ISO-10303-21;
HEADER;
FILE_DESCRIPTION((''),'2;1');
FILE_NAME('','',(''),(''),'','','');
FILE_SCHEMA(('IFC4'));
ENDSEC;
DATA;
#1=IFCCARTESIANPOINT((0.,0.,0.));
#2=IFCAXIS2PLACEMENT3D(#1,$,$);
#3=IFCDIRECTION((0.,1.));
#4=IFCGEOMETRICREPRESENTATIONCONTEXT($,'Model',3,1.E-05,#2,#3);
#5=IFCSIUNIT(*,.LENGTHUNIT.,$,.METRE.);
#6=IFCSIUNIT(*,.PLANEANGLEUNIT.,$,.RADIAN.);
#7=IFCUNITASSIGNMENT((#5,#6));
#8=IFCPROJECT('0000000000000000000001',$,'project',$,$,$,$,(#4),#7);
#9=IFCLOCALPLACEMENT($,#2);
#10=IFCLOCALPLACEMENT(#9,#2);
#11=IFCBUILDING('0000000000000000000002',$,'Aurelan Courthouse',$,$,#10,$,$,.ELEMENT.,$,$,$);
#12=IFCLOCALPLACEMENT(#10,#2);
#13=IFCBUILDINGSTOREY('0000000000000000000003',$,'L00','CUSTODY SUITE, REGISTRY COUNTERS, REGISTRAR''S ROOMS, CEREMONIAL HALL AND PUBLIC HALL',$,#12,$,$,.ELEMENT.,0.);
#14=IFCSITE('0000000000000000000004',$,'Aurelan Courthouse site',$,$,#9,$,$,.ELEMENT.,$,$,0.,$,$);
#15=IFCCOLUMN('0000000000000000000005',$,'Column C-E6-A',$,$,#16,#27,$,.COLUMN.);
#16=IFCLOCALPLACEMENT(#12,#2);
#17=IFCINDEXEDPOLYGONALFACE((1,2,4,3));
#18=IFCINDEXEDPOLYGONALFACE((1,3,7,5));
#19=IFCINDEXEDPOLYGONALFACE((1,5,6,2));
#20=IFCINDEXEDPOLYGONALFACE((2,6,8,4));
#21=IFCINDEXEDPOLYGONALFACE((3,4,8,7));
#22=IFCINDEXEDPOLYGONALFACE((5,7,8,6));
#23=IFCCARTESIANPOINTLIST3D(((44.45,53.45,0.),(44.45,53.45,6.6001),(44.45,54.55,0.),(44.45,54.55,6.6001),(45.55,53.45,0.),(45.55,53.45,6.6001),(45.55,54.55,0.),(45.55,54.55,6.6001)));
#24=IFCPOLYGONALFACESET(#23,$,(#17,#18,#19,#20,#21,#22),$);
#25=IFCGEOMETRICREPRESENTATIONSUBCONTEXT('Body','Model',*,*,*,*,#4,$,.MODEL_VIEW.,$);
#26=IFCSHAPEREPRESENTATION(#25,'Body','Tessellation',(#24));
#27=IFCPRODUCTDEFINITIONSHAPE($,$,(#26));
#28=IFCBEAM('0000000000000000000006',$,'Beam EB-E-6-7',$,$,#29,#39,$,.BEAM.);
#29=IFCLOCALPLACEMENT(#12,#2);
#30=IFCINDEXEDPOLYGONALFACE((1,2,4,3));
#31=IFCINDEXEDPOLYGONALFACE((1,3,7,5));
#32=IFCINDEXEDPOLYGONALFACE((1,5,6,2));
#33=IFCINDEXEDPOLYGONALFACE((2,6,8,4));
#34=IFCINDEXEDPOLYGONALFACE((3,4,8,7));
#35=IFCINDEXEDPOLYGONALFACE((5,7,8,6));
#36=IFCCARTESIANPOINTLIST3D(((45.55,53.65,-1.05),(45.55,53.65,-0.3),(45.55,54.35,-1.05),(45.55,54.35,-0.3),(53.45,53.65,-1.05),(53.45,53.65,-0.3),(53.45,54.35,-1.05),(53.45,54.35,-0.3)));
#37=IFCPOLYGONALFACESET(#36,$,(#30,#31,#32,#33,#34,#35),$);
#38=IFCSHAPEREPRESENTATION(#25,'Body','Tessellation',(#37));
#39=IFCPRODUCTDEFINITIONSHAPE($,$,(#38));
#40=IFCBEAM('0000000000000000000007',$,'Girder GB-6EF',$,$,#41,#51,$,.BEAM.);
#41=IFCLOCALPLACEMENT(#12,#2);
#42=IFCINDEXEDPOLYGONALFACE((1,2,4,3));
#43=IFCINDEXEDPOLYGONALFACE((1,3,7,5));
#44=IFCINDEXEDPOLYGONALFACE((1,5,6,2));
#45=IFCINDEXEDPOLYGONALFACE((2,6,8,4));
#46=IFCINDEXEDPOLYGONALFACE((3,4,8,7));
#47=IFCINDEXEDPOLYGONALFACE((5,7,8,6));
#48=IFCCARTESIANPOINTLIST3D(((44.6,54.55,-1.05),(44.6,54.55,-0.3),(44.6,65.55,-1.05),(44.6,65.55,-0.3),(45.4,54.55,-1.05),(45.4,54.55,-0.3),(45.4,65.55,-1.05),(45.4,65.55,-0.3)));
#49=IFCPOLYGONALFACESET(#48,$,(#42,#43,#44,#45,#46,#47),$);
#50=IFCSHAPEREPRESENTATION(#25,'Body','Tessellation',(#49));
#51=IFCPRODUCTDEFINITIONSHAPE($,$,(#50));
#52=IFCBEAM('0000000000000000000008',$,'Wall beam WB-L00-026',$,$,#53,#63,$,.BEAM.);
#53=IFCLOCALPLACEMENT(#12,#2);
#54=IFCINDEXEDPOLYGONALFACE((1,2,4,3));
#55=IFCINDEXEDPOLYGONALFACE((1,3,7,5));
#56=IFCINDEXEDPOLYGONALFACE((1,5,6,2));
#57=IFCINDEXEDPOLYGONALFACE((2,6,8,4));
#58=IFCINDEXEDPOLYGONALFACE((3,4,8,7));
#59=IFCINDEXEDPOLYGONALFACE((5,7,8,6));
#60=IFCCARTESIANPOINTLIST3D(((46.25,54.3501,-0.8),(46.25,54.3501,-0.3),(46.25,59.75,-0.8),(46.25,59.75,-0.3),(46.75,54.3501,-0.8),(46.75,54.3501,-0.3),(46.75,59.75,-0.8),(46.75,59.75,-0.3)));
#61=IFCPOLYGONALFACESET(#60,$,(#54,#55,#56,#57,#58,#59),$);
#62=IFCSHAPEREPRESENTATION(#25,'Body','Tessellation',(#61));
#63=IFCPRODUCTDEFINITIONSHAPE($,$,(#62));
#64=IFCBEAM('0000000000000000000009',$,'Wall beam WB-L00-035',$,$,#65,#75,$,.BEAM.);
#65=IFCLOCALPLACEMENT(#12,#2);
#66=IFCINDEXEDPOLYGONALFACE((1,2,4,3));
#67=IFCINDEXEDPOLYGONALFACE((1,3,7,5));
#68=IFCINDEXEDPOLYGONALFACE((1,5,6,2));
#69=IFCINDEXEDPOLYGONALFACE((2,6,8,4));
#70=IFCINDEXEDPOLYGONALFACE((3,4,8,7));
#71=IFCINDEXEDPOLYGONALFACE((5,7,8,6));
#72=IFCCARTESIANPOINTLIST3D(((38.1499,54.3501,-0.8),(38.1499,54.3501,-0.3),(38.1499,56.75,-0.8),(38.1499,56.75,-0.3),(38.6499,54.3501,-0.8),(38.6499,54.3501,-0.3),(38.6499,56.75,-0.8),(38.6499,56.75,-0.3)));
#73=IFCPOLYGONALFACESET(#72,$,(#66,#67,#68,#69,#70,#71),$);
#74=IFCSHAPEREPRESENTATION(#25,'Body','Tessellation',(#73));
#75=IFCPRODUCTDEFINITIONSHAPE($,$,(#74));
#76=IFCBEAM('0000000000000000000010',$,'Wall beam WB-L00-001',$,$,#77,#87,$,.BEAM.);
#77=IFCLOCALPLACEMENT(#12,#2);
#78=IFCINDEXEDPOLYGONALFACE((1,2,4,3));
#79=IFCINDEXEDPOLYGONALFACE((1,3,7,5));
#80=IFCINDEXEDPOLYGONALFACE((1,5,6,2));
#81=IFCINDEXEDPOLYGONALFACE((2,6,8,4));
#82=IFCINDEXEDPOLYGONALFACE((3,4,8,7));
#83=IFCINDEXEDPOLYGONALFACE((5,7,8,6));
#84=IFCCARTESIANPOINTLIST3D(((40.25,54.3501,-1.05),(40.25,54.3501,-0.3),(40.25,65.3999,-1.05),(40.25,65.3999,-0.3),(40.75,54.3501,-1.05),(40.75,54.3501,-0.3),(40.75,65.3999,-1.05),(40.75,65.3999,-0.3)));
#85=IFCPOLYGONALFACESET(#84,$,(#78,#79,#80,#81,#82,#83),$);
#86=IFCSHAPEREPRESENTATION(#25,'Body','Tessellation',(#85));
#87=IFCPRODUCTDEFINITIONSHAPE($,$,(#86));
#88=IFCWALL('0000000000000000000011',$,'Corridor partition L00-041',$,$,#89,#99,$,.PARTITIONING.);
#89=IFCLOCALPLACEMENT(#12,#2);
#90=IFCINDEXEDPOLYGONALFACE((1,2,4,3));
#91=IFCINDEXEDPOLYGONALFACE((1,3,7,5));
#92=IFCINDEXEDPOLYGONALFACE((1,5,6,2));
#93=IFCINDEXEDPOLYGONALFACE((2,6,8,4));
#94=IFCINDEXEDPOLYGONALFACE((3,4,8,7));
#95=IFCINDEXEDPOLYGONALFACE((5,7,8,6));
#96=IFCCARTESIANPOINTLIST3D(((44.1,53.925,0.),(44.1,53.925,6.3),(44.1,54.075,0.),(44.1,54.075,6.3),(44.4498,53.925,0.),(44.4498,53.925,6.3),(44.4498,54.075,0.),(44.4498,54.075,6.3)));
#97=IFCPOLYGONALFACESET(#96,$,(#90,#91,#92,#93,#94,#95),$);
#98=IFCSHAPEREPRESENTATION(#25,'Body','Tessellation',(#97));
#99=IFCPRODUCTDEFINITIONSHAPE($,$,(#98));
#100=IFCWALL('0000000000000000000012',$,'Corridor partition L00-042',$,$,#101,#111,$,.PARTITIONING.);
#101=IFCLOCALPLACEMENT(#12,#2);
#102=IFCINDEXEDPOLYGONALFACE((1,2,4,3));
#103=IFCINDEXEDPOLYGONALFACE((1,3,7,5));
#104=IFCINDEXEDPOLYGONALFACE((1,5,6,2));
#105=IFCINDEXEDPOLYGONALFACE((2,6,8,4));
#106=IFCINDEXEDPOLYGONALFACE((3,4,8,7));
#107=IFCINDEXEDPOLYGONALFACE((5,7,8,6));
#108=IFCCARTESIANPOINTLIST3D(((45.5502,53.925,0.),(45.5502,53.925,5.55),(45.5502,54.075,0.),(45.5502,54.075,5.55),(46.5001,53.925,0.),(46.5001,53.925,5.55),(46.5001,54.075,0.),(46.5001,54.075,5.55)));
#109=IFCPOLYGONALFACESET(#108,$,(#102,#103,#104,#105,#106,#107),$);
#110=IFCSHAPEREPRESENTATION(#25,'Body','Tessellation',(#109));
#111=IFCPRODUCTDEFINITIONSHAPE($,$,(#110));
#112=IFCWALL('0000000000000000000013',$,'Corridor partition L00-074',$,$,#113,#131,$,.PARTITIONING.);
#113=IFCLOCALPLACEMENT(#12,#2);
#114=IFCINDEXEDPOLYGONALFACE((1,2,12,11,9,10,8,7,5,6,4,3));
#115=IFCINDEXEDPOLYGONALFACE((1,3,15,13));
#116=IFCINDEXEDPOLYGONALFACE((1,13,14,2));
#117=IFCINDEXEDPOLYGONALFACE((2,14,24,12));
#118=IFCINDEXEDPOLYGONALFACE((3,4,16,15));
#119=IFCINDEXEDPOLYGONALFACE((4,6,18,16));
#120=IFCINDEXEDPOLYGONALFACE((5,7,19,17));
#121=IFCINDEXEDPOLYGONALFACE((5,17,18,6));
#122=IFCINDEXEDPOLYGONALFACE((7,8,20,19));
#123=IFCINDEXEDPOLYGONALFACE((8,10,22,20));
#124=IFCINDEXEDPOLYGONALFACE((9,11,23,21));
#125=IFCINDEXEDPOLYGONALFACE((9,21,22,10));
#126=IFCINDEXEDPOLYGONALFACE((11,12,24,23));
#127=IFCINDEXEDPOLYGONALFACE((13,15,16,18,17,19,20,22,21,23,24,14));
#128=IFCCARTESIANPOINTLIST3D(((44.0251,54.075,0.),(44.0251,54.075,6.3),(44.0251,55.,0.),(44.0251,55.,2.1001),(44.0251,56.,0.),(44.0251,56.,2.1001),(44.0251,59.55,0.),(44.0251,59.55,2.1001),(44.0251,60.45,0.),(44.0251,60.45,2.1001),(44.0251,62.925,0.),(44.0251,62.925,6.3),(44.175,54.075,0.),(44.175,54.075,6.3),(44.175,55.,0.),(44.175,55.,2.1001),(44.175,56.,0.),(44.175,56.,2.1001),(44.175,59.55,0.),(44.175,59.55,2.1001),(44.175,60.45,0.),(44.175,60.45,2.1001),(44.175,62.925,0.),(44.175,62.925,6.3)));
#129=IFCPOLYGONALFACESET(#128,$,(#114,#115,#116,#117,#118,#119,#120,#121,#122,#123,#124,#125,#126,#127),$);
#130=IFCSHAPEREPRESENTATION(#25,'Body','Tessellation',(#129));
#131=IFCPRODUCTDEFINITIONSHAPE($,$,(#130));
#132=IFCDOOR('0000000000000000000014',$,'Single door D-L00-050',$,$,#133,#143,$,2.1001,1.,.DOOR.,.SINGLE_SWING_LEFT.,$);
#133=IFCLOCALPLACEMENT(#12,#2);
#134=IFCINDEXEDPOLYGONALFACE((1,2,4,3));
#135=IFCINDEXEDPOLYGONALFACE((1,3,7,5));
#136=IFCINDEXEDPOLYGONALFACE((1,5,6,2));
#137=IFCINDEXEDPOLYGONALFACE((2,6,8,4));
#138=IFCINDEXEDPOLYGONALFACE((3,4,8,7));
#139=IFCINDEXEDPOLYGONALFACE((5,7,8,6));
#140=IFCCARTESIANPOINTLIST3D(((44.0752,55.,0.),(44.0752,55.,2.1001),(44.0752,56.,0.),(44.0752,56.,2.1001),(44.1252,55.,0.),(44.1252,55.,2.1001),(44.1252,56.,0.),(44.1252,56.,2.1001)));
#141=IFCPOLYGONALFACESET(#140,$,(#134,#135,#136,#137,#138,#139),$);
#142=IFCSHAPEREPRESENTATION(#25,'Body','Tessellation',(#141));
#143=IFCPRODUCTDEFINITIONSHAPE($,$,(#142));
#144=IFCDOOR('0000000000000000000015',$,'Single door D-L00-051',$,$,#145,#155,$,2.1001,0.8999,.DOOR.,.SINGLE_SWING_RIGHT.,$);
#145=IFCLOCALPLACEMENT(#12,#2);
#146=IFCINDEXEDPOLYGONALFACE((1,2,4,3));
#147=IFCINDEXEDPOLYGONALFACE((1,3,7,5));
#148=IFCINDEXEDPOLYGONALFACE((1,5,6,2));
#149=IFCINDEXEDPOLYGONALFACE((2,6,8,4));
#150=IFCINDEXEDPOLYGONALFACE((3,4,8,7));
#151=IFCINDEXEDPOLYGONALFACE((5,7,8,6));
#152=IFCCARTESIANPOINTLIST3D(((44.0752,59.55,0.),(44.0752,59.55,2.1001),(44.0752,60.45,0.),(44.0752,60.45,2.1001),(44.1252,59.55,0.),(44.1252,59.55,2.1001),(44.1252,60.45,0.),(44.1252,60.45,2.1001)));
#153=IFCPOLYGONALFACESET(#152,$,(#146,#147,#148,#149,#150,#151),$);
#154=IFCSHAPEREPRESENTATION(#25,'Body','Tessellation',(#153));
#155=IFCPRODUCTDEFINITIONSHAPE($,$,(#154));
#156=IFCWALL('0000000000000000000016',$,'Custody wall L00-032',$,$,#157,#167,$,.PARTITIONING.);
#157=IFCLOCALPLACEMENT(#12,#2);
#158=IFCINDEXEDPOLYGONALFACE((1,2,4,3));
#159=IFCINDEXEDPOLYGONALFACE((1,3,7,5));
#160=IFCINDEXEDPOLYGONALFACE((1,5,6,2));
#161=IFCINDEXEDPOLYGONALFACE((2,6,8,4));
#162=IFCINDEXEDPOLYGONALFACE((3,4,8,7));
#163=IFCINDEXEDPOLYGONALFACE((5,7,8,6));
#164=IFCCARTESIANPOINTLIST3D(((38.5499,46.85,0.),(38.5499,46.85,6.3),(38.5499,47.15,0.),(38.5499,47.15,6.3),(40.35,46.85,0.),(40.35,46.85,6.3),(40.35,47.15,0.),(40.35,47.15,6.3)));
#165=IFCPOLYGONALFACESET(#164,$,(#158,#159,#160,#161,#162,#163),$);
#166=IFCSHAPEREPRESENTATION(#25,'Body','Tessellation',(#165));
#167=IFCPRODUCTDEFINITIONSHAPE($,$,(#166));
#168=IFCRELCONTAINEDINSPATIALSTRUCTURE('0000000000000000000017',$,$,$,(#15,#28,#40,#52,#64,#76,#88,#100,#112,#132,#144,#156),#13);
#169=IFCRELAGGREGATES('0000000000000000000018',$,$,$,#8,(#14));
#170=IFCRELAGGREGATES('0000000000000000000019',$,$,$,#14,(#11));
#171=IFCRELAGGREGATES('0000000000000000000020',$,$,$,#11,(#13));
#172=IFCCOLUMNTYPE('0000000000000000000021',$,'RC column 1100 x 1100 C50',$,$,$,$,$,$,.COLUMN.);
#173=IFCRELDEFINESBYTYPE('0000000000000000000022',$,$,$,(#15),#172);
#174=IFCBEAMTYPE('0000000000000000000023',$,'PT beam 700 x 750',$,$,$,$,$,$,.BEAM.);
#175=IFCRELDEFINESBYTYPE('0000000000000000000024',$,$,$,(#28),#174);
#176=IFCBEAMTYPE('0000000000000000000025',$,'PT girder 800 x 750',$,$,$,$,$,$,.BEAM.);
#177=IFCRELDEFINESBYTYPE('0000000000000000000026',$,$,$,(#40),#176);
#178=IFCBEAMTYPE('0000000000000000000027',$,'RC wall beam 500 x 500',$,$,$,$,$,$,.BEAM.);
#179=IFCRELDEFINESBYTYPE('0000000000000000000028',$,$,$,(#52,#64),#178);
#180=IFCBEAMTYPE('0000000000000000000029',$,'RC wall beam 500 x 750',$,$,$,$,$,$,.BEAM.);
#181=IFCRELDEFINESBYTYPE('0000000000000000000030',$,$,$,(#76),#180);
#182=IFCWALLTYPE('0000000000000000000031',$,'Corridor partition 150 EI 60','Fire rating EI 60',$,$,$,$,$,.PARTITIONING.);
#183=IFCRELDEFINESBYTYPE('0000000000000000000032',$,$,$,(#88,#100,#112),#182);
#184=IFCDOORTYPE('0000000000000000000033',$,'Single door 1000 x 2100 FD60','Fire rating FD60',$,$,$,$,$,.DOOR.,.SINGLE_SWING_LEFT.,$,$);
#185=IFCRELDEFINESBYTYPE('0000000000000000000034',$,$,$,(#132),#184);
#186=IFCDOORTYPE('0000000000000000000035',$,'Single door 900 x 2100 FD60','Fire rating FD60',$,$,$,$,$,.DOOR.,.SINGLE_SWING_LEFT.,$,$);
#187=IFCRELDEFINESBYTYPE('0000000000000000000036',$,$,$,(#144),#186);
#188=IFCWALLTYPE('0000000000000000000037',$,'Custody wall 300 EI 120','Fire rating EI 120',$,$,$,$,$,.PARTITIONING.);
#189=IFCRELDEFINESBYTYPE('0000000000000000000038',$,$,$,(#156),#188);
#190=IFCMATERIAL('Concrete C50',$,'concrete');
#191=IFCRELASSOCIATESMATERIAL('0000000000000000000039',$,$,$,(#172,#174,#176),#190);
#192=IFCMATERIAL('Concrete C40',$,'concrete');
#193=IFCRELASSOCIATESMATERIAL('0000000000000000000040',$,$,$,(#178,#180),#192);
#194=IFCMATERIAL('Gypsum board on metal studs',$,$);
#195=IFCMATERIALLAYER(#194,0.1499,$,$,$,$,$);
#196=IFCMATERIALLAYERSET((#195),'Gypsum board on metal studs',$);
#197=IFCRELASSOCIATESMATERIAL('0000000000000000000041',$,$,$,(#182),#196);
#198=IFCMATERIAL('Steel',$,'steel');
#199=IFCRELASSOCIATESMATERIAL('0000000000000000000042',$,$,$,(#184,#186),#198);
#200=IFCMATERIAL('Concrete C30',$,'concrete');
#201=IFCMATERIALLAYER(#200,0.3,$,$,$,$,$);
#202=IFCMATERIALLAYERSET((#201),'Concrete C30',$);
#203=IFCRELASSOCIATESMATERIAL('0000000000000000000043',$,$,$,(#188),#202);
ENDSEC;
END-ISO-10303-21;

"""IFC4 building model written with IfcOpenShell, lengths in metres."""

from ifc_helpers import new_model, si_unit, direction, frame, frame_2d, origin, origin_2d, place, context, subcontext, project, spatial, rectangle, extrude, material, layer, layer_set, material_profile, profile_set, type_object, element, fill, save


model = new_model("IFC4")

# Units and contexts
model_context = context("Model", 3, precision=1e-05, world=origin(), true_north=direction((0.0, 1.0)))
body_context = subcontext(model_context, "Body", "Model", "MODEL_VIEW")
ifc_project = project(units=[si_unit("LENGTHUNIT", "METRE"), si_unit("PLANEANGLEUNIT", "RADIAN")], contexts=[model_context])

# Site, building, storey
site_placement = place(None, origin())
site = spatial("IfcSite", under=ifc_project, at=site_placement, Name="Aurelan Courthouse site", CompositionType="ELEMENT", RefElevation=0.0)
building_placement = place(site_placement, origin())
building = spatial("IfcBuilding", under=site, at=building_placement, Name="Aurelan Courthouse", CompositionType="ELEMENT")
storey_placement = place(building_placement, origin())
storey = spatial("IfcBuildingStorey", under=building, at=storey_placement, Name="L00", Description="CUSTODY SUITE, REGISTRY COUNTERS, REGISTRAR'S ROOMS, CEREMONIAL HALL AND PUBLIC HALL", CompositionType="ELEMENT", Elevation=0.0)

# Column
ifc_material_1 = material(Name="Concrete C50", Category="concrete")
ifc_material_profile_1 = material_profile(ifc_material_1, rectangle(XDim=1.1001, YDim=1.1001, at=origin_2d()), Name="RC 1100 x 1100")
ifc_profile_set_1 = profile_set([ifc_material_profile_1], Name="Concrete C50")
column_type = type_object("IfcColumnType", Name="RC column 1100 x 1100 C50", PredefinedType="COLUMN", material=ifc_profile_set_1)
column_placement = place(storey_placement, frame((45.0, 54.0, 0.0), z_axis=(0.0, 0.0, 1.0), x_axis=(1.0, 0.0, 0.0)))
element("IfcColumn", 1, at=column_placement, inside=storey, type_object=column_type, Name="Column C-E6-A", PredefinedType="COLUMN", context=body_context, shape_type="SweptSolid", body=[
    extrude(rectangle(XDim=1.1001, YDim=1.1001, at=origin_2d()), origin(), (0.0, 0.0, 1.0), 6.6001),
])

# Beams
ifc_material_profile_2 = material_profile(ifc_material_1, rectangle(XDim=0.7, YDim=0.75, at=origin_2d()), Name="RC 700 x 750")
ifc_profile_set_2 = profile_set([ifc_material_profile_2], Name="Concrete C50")
beam_type_1 = type_object("IfcBeamType", Name="PT beam 700 x 750", PredefinedType="BEAM", material=ifc_profile_set_2)
beam_1_placement = place(storey_placement, frame((45.55, 54.0, -0.675), z_axis=(1.0, 0.0, 0.0), x_axis=(0.0, 1.0, 0.0)))
element("IfcBeam", 2, at=beam_1_placement, inside=storey, type_object=beam_type_1, Name="Beam EB-E-6-7", PredefinedType="BEAM", context=body_context, shape_type="SweptSolid", body=[
    extrude(rectangle(XDim=0.7, YDim=0.75, at=origin_2d()), origin(), (0.0, 0.0, 1.0), 7.8999),
])
ifc_material_profile_3 = material_profile(ifc_material_1, rectangle(XDim=0.8, YDim=0.75, at=origin_2d()), Name="RC 800 x 750")
ifc_profile_set_3 = profile_set([ifc_material_profile_3], Name="Concrete C50")
beam_type_2 = type_object("IfcBeamType", Name="PT girder 800 x 750", PredefinedType="BEAM", material=ifc_profile_set_3)
beam_2_placement = place(storey_placement, frame((45.0, 54.55, -0.675), z_axis=(0.0, 1.0, 0.0), x_axis=(-1.0, 0.0, 0.0)))
element("IfcBeam", 3, at=beam_2_placement, inside=storey, type_object=beam_type_2, Name="Girder GB-6EF", PredefinedType="BEAM", context=body_context, shape_type="SweptSolid", body=[
    extrude(rectangle(XDim=0.8, YDim=0.75, at=origin_2d()), origin(), (0.0, 0.0, 1.0), 11.0),
])
ifc_material_2 = material(Name="Concrete C40", Category="concrete")
ifc_material_profile_4 = material_profile(ifc_material_2, rectangle(XDim=0.5, YDim=0.5, at=origin_2d()), Name="RC 500 x 500")
ifc_profile_set_4 = profile_set([ifc_material_profile_4], Name="Concrete C40")
beam_type_3 = type_object("IfcBeamType", Name="RC wall beam 500 x 500", PredefinedType="BEAM", material=ifc_profile_set_4)
beam_3_placement = place(storey_placement, frame((46.5, 54.3501, -0.55), z_axis=(0.0, 1.0, 0.0), x_axis=(-1.0, 0.0, 0.0)))
element("IfcBeam", 4, at=beam_3_placement, inside=storey, type_object=beam_type_3, Name="Wall beam WB-L00-026", PredefinedType="BEAM", context=body_context, shape_type="SweptSolid", body=[
    extrude(rectangle(XDim=0.5, YDim=0.5, at=origin_2d()), origin(), (0.0, 0.0, 1.0), 5.3999),
])
beam_4_placement = place(storey_placement, frame((38.3999, 54.3501, -0.55), z_axis=(0.0, 1.0, 0.0), x_axis=(-1.0, 0.0, 0.0)))
element("IfcBeam", 5, at=beam_4_placement, inside=storey, type_object=beam_type_3, Name="Wall beam WB-L00-035", PredefinedType="BEAM", context=body_context, shape_type="SweptSolid", body=[
    extrude(rectangle(XDim=0.5, YDim=0.5, at=origin_2d()), origin(), (0.0, 0.0, 1.0), 2.3999),
])
ifc_material_profile_5 = material_profile(ifc_material_2, rectangle(XDim=0.5, YDim=0.75, at=origin_2d()), Name="RC 500 x 750")
ifc_profile_set_5 = profile_set([ifc_material_profile_5], Name="Concrete C40")
beam_type_4 = type_object("IfcBeamType", Name="RC wall beam 500 x 750", PredefinedType="BEAM", material=ifc_profile_set_5)
beam_5_placement = place(storey_placement, frame((40.5, 54.3501, -0.675), z_axis=(0.0, 1.0, 0.0), x_axis=(-1.0, 0.0, 0.0)))
element("IfcBeam", 6, at=beam_5_placement, inside=storey, type_object=beam_type_4, Name="Wall beam WB-L00-001", PredefinedType="BEAM", context=body_context, shape_type="SweptSolid", body=[
    extrude(rectangle(XDim=0.5, YDim=0.75, at=origin_2d()), origin(), (0.0, 0.0, 1.0), 11.0498),
])

# Walls
ifc_material_3 = material(Name="Gypsum board on metal studs")
ifc_layer_1 = layer(ifc_material_3, 0.1499)
ifc_layer_set_1 = layer_set([ifc_layer_1], Name="Gypsum board on metal studs")
wall_type_1 = type_object("IfcWallType", Name="Corridor partition 150 EI 60", Description="Fire rating EI 60", PredefinedType="PARTITIONING", material=ifc_layer_set_1)
wall_1_placement = place(storey_placement, frame((44.1001, 54.0, 0.0), z_axis=(0.0, 0.0, 1.0), x_axis=(1.0, 0.0, 0.0)))
element("IfcWall", 7, at=wall_1_placement, inside=storey, type_object=wall_type_1, Name="Corridor partition L00-041", PredefinedType="PARTITIONING", context=body_context, shape_type="SweptSolid", body=[
    extrude(rectangle(XDim=0.3499, YDim=0.1499, at=frame_2d((0.1748, 0.0))), origin(), (0.0, 0.0, 1.0), 6.3),
])
wall_2_placement = place(storey_placement, frame((45.55, 54.0, 0.0), z_axis=(0.0, 0.0, 1.0), x_axis=(1.0, 0.0, 0.0)))
element("IfcWall", 8, at=wall_2_placement, inside=storey, type_object=wall_type_1, Name="Corridor partition L00-042", PredefinedType="PARTITIONING", context=body_context, shape_type="SweptSolid", body=[
    extrude(rectangle(XDim=0.95, YDim=0.1499, at=frame_2d((0.4751, 0.0))), origin(), (0.0, 0.0, 1.0), 5.55),
])

# Wall, openings, doors
wall_3_placement = place(storey_placement, frame((44.1001, 54.075, 0.0), z_axis=(0.0, 0.0, 1.0), x_axis=(0.0, 1.0, 0.0)))
wall_3 = element("IfcWall", 9, at=wall_3_placement, inside=storey, type_object=wall_type_1, Name="Corridor partition L00-074", PredefinedType="PARTITIONING", context=body_context, shape_type="SweptSolid", body=[
    extrude(rectangle(XDim=8.8501, YDim=0.1499, at=frame_2d((4.425, 0.0))), origin(), (0.0, 0.0, 1.0), 6.3),
])
opening_1_placement = place(wall_3_placement, frame((0.925, 0.0, 0.0)))
opening_1 = element("IfcOpeningElement", 10, at=opening_1_placement, cuts=wall_3, PredefinedType="OPENING", context=body_context, shape_type="SweptSolid", body=[
    extrude(rectangle(XDim=1.0, YDim=2.1001, at=frame_2d((0.5, 1.05))), frame((0.0, 0.085, 0.0), z_axis=(0.0, -1.0, 0.0), x_axis=(1.0, 0.0, 0.0)), (0.0, 0.0, 1.0), 0.1699),
])
opening_2_placement = place(wall_3_placement, frame((5.4751, 0.0, 0.0)))
opening_2 = element("IfcOpeningElement", 11, at=opening_2_placement, cuts=wall_3, PredefinedType="OPENING", context=body_context, shape_type="SweptSolid", body=[
    extrude(rectangle(XDim=0.8999, YDim=2.1001, at=frame_2d((0.45, 1.05))), frame((0.0, 0.085, 0.0), z_axis=(0.0, -1.0, 0.0), x_axis=(1.0, 0.0, 0.0)), (0.0, 0.0, 1.0), 0.1699),
])
ifc_material_4 = material(Name="Steel", Category="steel")
door_type_1 = type_object("IfcDoorType", Name="Single door 1000 x 2100 FD60", Description="Fire rating FD60", OperationType="SINGLE_SWING_LEFT", PredefinedType="DOOR", material=ifc_material_4)
door_1_placement = place(opening_1_placement, origin())
door_1 = element("IfcDoor", 12, at=door_1_placement, inside=storey, type_object=door_type_1, Name="Single door D-L00-050", OperationType="SINGLE_SWING_LEFT", OverallHeight=2.1001, OverallWidth=1.0, PredefinedType="DOOR", context=body_context, shape_type="SweptSolid", body=[
    extrude(rectangle(XDim=1.0, YDim=2.1001, at=frame_2d((0.5, 1.05))), frame((0.0, 0.0249, 0.0), z_axis=(0.0, -1.0, 0.0), x_axis=(1.0, 0.0, 0.0)), (0.0, 0.0, 1.0), 0.05),
])
fill(opening_1, door_1)
door_type_2 = type_object("IfcDoorType", Name="Single door 900 x 2100 FD60", Description="Fire rating FD60", OperationType="SINGLE_SWING_LEFT", PredefinedType="DOOR", material=ifc_material_4)
door_2_placement = place(opening_2_placement, origin())
door_2 = element("IfcDoor", 13, at=door_2_placement, inside=storey, type_object=door_type_2, Name="Single door D-L00-051", OperationType="SINGLE_SWING_RIGHT", OverallHeight=2.1001, OverallWidth=0.8999, PredefinedType="DOOR", context=body_context, shape_type="SweptSolid", body=[
    extrude(rectangle(XDim=0.8999, YDim=2.1001, at=frame_2d((0.45, 1.05))), frame((0.0, 0.0249, 0.0), z_axis=(0.0, -1.0, 0.0), x_axis=(1.0, 0.0, 0.0)), (0.0, 0.0, 1.0), 0.05),
])
fill(opening_2, door_2)

# Wall
ifc_material_5 = material(Name="Concrete C30", Category="concrete")
ifc_layer_2 = layer(ifc_material_5, 0.3)
ifc_layer_set_2 = layer_set([ifc_layer_2], Name="Concrete C30")
wall_type_2 = type_object("IfcWallType", Name="Custody wall 300 EI 120", Description="Fire rating EI 120", PredefinedType="PARTITIONING", material=ifc_layer_set_2)
for number, where, z_axis, x_axis, name in (
    (14, (38.55, 47.0, 0.0), (0.0, 0.0, 1.0), (1.0, 0.0, 0.0), "Custody wall L00-032"),
):
    element("IfcWall", number, at=place(storey_placement, frame(where, z_axis=z_axis, x_axis=x_axis)), inside=storey, type_object=wall_type_2, Name=name, PredefinedType="PARTITIONING", context=body_context, shape_type="SweptSolid", body=[
        extrude(rectangle(XDim=1.8, YDim=0.3, at=frame_2d((0.8999, 0.0))), origin(), (0.0, 0.0, 1.0), 6.3),
    ])

save(model, "model.ifc")
